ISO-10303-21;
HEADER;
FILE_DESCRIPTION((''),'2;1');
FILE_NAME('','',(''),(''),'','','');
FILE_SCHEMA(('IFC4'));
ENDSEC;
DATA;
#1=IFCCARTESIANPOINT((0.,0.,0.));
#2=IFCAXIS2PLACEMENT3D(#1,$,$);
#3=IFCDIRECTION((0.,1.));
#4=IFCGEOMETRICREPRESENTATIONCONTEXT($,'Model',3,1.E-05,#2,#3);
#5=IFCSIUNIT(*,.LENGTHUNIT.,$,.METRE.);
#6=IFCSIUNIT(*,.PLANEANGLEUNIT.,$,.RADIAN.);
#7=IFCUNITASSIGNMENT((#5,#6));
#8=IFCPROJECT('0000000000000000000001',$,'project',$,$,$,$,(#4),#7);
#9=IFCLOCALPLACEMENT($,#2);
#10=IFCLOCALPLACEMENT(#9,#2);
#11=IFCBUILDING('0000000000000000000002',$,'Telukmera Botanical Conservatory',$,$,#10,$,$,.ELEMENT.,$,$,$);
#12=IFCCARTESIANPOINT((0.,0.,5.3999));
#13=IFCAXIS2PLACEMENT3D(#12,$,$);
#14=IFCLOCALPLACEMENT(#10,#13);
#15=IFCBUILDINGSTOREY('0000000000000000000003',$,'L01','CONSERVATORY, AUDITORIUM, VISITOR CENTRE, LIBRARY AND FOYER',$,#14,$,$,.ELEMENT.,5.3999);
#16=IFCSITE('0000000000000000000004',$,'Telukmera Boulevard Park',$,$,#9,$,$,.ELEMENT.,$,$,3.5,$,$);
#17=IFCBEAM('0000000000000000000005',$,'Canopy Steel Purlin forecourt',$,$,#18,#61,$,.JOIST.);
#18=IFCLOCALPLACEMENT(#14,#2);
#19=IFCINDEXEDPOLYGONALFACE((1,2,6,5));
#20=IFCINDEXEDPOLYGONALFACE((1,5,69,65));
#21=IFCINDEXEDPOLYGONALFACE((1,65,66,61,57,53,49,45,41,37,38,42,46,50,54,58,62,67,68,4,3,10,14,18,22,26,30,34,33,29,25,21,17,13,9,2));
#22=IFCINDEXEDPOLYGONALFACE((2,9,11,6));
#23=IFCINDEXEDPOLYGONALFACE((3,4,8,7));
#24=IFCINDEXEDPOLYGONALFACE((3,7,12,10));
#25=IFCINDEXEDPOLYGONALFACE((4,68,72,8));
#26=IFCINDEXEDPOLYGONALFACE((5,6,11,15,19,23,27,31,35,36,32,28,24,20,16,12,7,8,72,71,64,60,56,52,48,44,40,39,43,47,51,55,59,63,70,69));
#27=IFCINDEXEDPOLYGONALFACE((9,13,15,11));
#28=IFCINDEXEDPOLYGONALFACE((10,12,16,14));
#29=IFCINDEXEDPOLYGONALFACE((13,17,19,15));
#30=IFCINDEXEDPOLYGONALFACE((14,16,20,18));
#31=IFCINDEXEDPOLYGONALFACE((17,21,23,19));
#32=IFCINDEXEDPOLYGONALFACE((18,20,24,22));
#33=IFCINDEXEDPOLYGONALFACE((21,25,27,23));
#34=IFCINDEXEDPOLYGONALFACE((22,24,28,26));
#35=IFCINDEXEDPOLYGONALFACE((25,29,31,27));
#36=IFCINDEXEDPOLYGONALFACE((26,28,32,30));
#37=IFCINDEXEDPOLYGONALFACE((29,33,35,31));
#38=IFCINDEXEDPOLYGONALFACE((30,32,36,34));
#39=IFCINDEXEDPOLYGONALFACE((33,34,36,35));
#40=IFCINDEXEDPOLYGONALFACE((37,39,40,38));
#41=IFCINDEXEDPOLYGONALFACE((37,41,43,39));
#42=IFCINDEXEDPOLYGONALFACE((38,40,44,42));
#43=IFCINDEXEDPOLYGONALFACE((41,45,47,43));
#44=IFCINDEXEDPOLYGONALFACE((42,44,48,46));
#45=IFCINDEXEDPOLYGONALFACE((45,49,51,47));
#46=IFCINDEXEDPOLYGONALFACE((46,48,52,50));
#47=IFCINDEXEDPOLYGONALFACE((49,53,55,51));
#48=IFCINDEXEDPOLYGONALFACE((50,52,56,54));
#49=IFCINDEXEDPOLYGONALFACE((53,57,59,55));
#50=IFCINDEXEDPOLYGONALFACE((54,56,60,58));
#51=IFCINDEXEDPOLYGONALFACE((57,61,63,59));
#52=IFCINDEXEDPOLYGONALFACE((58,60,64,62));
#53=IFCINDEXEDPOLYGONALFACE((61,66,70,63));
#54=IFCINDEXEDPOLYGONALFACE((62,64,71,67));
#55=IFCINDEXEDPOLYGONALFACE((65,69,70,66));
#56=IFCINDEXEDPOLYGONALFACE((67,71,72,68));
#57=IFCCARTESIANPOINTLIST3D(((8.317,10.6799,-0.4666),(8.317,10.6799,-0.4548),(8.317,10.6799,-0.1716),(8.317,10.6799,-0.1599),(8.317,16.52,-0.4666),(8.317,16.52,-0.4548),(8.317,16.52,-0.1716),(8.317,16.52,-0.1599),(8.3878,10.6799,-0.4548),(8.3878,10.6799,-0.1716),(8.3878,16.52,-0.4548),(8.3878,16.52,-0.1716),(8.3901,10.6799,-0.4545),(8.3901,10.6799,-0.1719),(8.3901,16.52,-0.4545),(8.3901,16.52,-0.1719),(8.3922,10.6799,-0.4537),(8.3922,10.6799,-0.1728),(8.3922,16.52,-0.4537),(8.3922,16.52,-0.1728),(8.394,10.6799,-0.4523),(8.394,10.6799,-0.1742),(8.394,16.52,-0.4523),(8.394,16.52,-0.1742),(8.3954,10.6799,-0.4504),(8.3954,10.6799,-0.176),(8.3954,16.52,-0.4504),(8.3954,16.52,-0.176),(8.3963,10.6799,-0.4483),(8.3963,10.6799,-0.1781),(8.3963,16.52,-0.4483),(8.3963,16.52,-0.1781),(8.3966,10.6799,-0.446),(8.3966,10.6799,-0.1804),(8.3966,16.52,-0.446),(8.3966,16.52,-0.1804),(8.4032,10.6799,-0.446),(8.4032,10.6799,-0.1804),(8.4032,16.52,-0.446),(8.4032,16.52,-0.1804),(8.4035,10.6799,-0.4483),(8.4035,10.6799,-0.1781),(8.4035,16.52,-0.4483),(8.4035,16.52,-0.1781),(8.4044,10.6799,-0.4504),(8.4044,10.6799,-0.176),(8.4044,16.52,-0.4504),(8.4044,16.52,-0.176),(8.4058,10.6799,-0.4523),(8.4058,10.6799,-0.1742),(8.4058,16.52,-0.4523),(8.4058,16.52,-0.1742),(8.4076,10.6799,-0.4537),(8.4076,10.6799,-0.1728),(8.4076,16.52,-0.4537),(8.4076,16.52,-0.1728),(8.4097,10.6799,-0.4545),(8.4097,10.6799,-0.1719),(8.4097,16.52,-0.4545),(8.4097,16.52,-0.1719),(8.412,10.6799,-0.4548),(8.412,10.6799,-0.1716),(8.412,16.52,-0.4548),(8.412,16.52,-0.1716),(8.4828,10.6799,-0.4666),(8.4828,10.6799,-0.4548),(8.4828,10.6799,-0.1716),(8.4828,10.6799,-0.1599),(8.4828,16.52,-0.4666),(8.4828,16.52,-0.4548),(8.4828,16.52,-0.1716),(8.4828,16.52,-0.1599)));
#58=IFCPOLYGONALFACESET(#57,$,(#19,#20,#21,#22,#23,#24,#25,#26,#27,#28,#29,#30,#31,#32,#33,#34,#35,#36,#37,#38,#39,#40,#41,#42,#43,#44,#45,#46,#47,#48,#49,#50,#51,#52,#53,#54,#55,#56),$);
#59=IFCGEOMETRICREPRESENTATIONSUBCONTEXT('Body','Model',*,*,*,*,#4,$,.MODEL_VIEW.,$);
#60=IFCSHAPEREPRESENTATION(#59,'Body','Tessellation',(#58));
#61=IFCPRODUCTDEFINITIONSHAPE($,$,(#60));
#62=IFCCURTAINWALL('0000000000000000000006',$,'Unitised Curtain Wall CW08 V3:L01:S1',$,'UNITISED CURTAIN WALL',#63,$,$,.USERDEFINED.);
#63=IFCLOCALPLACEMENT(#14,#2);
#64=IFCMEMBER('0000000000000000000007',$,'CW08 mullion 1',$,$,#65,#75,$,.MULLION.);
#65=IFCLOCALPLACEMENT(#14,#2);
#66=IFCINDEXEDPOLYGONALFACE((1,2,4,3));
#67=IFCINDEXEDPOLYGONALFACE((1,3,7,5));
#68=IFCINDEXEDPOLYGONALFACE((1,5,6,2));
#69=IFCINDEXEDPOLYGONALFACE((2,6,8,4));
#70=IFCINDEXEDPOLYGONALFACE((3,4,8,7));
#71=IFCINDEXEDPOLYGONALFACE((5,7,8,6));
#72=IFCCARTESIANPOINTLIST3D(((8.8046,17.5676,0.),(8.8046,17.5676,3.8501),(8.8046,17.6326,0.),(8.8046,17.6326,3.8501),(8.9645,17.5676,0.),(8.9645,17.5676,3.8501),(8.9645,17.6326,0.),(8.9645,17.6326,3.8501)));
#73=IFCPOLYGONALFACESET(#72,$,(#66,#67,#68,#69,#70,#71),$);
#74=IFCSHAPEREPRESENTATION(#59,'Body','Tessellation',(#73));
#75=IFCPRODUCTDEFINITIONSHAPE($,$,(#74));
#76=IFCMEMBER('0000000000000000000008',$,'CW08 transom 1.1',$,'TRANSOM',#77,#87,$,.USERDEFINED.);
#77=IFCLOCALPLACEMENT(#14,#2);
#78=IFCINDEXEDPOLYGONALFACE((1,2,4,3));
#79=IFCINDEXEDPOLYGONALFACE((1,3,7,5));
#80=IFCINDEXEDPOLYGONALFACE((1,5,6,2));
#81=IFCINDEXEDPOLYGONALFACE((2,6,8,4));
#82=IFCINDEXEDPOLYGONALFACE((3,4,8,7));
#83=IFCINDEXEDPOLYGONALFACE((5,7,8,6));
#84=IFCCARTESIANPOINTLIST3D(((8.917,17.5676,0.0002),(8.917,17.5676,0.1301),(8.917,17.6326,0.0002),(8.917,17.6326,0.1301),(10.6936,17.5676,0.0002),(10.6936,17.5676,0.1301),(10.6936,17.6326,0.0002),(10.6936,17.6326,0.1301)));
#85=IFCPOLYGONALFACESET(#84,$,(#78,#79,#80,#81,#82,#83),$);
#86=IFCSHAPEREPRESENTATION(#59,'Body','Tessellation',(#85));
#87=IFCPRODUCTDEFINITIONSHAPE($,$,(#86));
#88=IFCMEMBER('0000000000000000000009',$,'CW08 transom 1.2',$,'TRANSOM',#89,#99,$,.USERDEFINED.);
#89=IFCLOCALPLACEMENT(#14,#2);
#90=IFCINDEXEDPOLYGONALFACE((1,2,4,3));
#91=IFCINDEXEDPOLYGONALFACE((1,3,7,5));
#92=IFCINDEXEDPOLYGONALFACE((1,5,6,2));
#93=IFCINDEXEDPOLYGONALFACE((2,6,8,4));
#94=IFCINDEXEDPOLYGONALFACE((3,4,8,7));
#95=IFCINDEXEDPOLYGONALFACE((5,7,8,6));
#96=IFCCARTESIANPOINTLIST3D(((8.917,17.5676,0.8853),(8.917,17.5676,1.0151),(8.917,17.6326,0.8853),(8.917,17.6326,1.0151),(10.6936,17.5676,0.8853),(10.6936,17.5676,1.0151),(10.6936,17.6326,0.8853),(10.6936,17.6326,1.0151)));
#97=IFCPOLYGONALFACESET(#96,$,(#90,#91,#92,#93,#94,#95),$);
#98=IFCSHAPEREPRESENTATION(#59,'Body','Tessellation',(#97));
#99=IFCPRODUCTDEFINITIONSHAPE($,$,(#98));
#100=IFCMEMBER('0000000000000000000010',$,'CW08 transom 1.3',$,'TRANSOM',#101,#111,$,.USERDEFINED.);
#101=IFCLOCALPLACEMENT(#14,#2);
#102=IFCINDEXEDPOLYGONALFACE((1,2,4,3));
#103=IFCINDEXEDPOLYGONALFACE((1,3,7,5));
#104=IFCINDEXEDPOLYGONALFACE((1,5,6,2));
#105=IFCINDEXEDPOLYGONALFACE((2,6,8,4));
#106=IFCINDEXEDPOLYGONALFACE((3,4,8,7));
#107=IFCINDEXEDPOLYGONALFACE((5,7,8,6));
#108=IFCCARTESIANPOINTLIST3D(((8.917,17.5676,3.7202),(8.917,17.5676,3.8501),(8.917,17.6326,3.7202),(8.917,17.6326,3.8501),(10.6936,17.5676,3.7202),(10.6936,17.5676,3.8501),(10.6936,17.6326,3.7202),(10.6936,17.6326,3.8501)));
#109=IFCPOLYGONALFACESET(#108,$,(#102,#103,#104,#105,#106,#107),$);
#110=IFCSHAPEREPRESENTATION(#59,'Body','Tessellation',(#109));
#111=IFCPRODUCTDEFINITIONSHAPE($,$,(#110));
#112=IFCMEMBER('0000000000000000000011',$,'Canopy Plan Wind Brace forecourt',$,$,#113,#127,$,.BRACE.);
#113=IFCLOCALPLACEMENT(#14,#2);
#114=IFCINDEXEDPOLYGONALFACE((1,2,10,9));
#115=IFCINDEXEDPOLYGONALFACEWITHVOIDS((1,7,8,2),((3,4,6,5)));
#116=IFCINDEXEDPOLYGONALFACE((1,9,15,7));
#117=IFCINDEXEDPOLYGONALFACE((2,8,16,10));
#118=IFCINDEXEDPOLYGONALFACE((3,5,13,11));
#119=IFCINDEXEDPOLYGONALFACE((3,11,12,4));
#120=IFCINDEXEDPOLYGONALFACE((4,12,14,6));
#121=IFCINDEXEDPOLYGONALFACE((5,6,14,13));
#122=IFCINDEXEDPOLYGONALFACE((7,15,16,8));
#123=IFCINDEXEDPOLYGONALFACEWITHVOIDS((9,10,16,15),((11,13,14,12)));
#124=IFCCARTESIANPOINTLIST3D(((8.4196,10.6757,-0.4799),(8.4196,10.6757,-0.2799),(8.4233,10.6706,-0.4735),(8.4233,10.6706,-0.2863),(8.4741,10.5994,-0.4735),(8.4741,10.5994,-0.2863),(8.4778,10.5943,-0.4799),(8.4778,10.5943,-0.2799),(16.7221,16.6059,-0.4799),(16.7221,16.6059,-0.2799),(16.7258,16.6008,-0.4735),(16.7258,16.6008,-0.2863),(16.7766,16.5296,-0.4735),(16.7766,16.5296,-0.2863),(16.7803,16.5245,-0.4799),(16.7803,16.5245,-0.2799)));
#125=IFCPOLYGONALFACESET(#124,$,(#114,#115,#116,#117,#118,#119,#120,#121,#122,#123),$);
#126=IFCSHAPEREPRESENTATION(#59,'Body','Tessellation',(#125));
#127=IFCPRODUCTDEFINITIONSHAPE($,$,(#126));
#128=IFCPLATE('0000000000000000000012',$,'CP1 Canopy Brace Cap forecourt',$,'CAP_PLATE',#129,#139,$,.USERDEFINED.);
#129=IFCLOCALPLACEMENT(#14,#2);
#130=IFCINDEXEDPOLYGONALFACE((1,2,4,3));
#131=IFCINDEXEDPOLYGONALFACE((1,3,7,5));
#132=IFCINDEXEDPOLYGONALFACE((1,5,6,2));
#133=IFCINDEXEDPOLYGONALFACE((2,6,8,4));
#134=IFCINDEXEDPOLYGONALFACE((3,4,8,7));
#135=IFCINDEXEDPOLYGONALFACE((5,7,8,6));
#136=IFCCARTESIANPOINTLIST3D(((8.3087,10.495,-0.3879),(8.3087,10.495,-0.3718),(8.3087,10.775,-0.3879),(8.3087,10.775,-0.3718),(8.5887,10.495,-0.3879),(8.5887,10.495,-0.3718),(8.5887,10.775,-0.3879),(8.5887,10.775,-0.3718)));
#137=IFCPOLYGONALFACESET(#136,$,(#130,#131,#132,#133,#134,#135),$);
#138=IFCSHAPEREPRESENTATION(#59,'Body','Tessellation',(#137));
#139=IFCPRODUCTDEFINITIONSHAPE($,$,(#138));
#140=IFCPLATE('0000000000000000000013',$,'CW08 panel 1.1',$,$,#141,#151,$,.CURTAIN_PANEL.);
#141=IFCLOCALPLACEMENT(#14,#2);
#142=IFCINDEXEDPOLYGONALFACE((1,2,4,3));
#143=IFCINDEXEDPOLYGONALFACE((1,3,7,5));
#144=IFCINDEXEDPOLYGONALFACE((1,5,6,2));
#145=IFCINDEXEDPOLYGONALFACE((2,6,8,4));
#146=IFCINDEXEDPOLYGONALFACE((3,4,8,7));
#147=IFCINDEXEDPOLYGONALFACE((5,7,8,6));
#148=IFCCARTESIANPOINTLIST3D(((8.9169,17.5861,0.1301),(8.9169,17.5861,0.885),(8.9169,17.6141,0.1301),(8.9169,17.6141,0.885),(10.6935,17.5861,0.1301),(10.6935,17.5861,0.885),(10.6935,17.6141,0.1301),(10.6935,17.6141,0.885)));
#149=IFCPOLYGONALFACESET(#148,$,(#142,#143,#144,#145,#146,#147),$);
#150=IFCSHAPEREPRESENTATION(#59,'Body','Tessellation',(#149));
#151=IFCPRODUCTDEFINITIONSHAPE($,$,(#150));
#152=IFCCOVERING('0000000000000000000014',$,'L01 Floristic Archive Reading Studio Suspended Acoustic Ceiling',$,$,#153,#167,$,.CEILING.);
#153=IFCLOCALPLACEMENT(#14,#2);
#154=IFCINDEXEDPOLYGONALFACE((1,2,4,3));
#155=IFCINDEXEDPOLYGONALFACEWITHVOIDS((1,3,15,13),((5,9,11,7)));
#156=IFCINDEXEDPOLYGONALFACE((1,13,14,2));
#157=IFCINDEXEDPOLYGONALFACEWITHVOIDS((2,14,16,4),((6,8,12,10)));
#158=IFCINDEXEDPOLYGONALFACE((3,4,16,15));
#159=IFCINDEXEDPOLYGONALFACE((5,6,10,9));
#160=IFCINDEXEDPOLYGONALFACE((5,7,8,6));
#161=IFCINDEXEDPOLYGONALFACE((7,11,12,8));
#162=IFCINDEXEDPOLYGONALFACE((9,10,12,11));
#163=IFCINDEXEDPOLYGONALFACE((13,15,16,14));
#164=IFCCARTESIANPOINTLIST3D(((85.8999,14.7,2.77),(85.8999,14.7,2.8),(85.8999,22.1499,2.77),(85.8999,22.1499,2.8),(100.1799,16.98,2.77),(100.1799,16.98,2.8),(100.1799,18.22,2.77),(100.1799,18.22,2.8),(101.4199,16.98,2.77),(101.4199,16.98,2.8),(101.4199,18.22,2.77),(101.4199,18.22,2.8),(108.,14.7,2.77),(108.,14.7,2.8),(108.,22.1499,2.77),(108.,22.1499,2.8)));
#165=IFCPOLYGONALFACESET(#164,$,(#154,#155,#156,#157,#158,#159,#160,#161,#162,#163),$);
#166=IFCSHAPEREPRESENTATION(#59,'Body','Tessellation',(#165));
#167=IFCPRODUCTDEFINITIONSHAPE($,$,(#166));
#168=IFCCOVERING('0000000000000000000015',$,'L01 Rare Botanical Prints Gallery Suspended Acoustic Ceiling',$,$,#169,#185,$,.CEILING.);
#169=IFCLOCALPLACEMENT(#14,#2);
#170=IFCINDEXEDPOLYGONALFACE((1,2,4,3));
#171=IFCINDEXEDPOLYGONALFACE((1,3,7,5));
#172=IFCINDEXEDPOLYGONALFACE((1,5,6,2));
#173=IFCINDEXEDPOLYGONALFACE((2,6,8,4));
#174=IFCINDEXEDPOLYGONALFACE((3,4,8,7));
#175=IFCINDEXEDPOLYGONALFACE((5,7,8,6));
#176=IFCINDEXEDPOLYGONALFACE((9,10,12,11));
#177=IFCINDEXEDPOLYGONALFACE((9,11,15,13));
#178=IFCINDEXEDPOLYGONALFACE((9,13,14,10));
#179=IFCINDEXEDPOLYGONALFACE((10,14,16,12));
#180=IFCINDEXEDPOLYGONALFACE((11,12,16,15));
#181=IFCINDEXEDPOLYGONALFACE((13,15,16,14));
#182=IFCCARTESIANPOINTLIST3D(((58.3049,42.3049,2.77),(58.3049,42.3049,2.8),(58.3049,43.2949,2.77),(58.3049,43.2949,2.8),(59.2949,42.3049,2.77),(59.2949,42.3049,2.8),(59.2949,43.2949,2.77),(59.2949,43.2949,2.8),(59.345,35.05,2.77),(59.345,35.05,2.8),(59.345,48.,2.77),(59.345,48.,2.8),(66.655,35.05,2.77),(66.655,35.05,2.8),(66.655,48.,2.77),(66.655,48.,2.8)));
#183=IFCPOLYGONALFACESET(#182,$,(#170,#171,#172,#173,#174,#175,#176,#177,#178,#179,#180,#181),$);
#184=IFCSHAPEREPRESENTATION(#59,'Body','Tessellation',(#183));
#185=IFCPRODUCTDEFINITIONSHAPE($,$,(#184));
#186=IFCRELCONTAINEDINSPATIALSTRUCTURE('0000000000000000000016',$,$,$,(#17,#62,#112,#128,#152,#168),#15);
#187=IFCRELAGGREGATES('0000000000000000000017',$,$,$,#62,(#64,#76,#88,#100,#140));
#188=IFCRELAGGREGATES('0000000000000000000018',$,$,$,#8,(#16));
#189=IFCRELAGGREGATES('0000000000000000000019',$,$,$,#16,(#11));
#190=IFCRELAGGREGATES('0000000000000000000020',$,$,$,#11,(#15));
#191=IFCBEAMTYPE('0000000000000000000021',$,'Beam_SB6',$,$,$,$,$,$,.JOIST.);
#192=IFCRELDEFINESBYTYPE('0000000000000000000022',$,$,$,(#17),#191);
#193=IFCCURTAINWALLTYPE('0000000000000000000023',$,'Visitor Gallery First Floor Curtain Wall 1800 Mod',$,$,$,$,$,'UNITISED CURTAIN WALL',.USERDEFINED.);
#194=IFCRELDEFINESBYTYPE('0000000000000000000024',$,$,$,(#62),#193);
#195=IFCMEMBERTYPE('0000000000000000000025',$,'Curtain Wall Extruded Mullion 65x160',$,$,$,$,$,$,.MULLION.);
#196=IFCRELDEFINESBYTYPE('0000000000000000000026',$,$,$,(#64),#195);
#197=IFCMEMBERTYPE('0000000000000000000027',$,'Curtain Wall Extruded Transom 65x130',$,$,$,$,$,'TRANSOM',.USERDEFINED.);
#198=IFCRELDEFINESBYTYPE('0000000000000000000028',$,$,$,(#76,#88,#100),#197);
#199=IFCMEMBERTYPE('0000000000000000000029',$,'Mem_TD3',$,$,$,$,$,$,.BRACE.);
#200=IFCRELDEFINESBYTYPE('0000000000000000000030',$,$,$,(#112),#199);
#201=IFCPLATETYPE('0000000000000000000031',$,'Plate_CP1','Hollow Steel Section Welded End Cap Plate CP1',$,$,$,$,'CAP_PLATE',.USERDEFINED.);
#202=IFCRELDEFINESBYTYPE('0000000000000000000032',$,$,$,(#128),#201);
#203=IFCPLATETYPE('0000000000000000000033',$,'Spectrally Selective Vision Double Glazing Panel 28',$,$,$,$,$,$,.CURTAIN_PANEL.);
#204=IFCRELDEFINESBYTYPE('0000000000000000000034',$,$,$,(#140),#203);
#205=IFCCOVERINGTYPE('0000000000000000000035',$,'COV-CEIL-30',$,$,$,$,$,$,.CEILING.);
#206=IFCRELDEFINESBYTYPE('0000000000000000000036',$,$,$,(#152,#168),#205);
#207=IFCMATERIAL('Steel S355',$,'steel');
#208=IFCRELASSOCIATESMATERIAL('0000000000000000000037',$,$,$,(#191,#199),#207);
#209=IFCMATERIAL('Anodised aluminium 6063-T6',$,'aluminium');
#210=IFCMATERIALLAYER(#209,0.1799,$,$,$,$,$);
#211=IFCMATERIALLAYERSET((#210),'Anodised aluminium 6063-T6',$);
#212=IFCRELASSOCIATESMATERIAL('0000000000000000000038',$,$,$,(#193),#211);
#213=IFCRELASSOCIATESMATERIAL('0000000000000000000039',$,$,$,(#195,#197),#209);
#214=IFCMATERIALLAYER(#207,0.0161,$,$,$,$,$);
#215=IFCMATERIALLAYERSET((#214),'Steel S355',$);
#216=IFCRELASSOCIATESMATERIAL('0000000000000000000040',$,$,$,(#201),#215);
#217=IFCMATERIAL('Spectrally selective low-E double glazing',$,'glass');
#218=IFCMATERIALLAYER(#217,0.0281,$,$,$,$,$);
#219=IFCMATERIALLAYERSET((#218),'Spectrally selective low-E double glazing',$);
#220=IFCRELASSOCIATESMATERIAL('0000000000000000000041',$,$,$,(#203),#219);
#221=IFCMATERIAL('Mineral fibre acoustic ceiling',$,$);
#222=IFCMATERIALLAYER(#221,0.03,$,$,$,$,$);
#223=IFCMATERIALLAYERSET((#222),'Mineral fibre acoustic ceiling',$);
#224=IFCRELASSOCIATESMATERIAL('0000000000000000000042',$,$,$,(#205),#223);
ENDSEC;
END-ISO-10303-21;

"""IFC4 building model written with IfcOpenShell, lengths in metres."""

from ifc_helpers import new_model, si_unit, direction, frame, origin, origin_2d, place, context, subcontext, project, spatial, polyline, rectangle, hollow_rectangle, i_section, outline, extrude, material, layer, layer_set, material_profile, profile_set, type_object, element, aggregate, save


model = new_model("IFC4")

# Units and contexts
model_context = context("Model", 3, precision=1e-05, world=origin(), true_north=direction((0.0, 1.0)))
body_context = subcontext(model_context, "Body", "Model", "MODEL_VIEW")
ifc_project = project(units=[si_unit("LENGTHUNIT", "METRE"), si_unit("PLANEANGLEUNIT", "RADIAN")], contexts=[model_context])

# Site, building, storey
site_placement = place(None, origin())
site = spatial("IfcSite", under=ifc_project, at=site_placement, Name="Telukmera Boulevard Park", CompositionType="ELEMENT", RefElevation=3.5)
building_placement = place(site_placement, origin())
building = spatial("IfcBuilding", under=site, at=building_placement, Name="Telukmera Botanical Conservatory", CompositionType="ELEMENT")
storey_placement = place(building_placement, frame((0.0, 0.0, 5.3999)))
storey = spatial("IfcBuildingStorey", under=building, at=storey_placement, Name="L01", Description="CONSERVATORY, AUDITORIUM, VISITOR CENTRE, LIBRARY AND FOYER", CompositionType="ELEMENT", Elevation=5.3999)

# Beam
ifc_material_1 = material(Name="Steel S355", Category="steel")
ifc_material_profile_1 = material_profile(ifc_material_1, i_section(OverallWidth=0.1658, OverallDepth=0.3066, WebThickness=0.0066, FlangeThickness=0.0117, FilletRadius=0.0088, at=origin_2d()), Name="UB 305x165x46")
ifc_profile_set_1 = profile_set([ifc_material_profile_1], Name="Steel S355")
beam_type_1 = type_object("IfcBeamType", Name="Beam_SB6", PredefinedType="JOIST", material=ifc_profile_set_1)
beam_1_placement = place(storey_placement, frame((8.3999, 10.6799, -0.3132), z_axis=(0.0, 1.0, 0.0), x_axis=(-1.0, 0.0, 0.0)))
element("IfcBeam", 1, at=beam_1_placement, inside=storey, type_object=beam_type_1, Name="Canopy Steel Purlin forecourt", PredefinedType="JOIST", context=body_context, shape_type="SweptSolid", body=[
    extrude(i_section(OverallWidth=0.1658, OverallDepth=0.3066, WebThickness=0.0066, FlangeThickness=0.0117, FilletRadius=0.0088, at=origin_2d()), origin(), (0.0, 0.0, 1.0), 5.8401),
])

# Curtain wall, members
ifc_material_2 = material(Name="Anodised aluminium 6063-T6", Category="aluminium")
ifc_layer_1 = layer(ifc_material_2, 0.1799)
ifc_layer_set_1 = layer_set([ifc_layer_1], Name="Anodised aluminium 6063-T6")
curtain_wall_type = type_object("IfcCurtainWallType", Name="Visitor Gallery First Floor Curtain Wall 1800 Mod", ElementType="UNITISED CURTAIN WALL", PredefinedType="USERDEFINED", material=ifc_layer_set_1)
curtain_wall_placement = place(storey_placement, origin())
curtain_wall = element("IfcCurtainWall", 2, at=curtain_wall_placement, inside=storey, type_object=curtain_wall_type, Name="Unitised Curtain Wall CW08 V3:L01:S1", ObjectType="UNITISED CURTAIN WALL", PredefinedType="USERDEFINED")
ifc_material_profile_2 = material_profile(ifc_material_2, rectangle(XDim=0.0649, YDim=0.1599, at=origin_2d()), Name="ALU MULL 65x160")
ifc_profile_set_2 = profile_set([ifc_material_profile_2], Name="Anodised aluminium 6063-T6")
member_type_1 = type_object("IfcMemberType", Name="Curtain Wall Extruded Mullion 65x160", PredefinedType="MULLION", material=ifc_profile_set_2)
member_1_placement = place(storey_placement, frame((8.8845, 17.6001, 0.0), z_axis=(0.0, 0.0, 1.0), x_axis=(0.0, 1.0, 0.0)))
member_1 = element("IfcMember", 3, at=member_1_placement, type_object=member_type_1, Name="CW08 mullion 1", PredefinedType="MULLION", context=body_context, shape_type="SweptSolid", body=[
    extrude(rectangle(XDim=0.0649, YDim=0.1599, at=origin_2d()), origin(), (0.0, 0.0, 1.0), 3.8501),
])
ifc_material_profile_3 = material_profile(ifc_material_2, rectangle(XDim=0.0649, YDim=0.1299, at=origin_2d()), Name="ALU TRAN 65x130")
ifc_profile_set_3 = profile_set([ifc_material_profile_3], Name="Anodised aluminium 6063-T6")
member_type_2 = type_object("IfcMemberType", Name="Curtain Wall Extruded Transom 65x130", ElementType="TRANSOM", PredefinedType="USERDEFINED", material=ifc_profile_set_3)
member_2_placement = place(storey_placement, frame((8.917, 17.6001, 0.0652), z_axis=(1.0, 0.0, 0.0), x_axis=(0.0, 1.0, 0.0)))
member_2 = element("IfcMember", 4, at=member_2_placement, type_object=member_type_2, Name="CW08 transom 1.1", ObjectType="TRANSOM", PredefinedType="USERDEFINED", context=body_context, shape_type="SweptSolid", body=[
    extrude(rectangle(XDim=0.0649, YDim=0.1299, at=origin_2d()), origin(), (0.0, 0.0, 1.0), 1.7766),
])
member_3_placement = place(storey_placement, frame((8.917, 17.6001, 0.9502), z_axis=(1.0, 0.0, 0.0), x_axis=(0.0, 1.0, 0.0)))
member_3 = element("IfcMember", 5, at=member_3_placement, type_object=member_type_2, Name="CW08 transom 1.2", ObjectType="TRANSOM", PredefinedType="USERDEFINED", context=body_context, shape_type="SweptSolid", body=[
    extrude(rectangle(XDim=0.0649, YDim=0.1299, at=origin_2d()), origin(), (0.0, 0.0, 1.0), 1.7766),
])
member_4_placement = place(storey_placement, frame((8.917, 17.6001, 3.7852), z_axis=(1.0, 0.0, 0.0), x_axis=(0.0, 1.0, 0.0)))
member_4 = element("IfcMember", 6, at=member_4_placement, type_object=member_type_2, Name="CW08 transom 1.3", ObjectType="TRANSOM", PredefinedType="USERDEFINED", context=body_context, shape_type="SweptSolid", body=[
    extrude(rectangle(XDim=0.0649, YDim=0.1299, at=origin_2d()), origin(), (0.0, 0.0, 1.0), 1.7766),
])

# Member
ifc_material_profile_4 = material_profile(ifc_material_1, hollow_rectangle(XDim=0.1001, YDim=0.2, WallThickness=0.0063, at=origin_2d()), Name="RHS 200x100x6.3")
ifc_profile_set_4 = profile_set([ifc_material_profile_4], Name="Steel S355")
member_type_3 = type_object("IfcMemberType", Name="Mem_TD3", PredefinedType="BRACE", material=ifc_profile_set_4)
member_5_placement = place(storey_placement, frame((8.4487, 10.635, -0.3799), z_axis=(0.813742, 0.581227, 0.0), x_axis=(-0.581227, 0.813742, 0.0)))
element("IfcMember", 7, at=member_5_placement, inside=storey, type_object=member_type_3, Name="Canopy Plan Wind Brace forecourt", PredefinedType="BRACE", context=body_context, shape_type="SweptSolid", body=[
    extrude(hollow_rectangle(XDim=0.1001, YDim=0.2, WallThickness=0.0063, at=origin_2d()), origin(), (0.0, 0.0, 1.0), 10.2029),
])

# Plates
ifc_layer_2 = layer(ifc_material_1, 0.0161)
ifc_layer_set_2 = layer_set([ifc_layer_2], Name="Steel S355")
plate_type_1 = type_object("IfcPlateType", Name="Plate_CP1", Description="Hollow Steel Section Welded End Cap Plate CP1", ElementType="CAP_PLATE", PredefinedType="USERDEFINED", material=ifc_layer_set_2)
plate_1_placement = place(storey_placement, frame((8.4487, 10.635, -0.3879), z_axis=(0.0, 0.0, 1.0), x_axis=(1.0, 0.0, 0.0)))
element("IfcPlate", 8, at=plate_1_placement, inside=storey, type_object=plate_type_1, Name="CP1 Canopy Brace Cap forecourt", ObjectType="CAP_PLATE", PredefinedType="USERDEFINED", context=body_context, shape_type="SweptSolid", body=[
    extrude(rectangle(XDim=0.28, YDim=0.28, at=origin_2d()), origin(), (0.0, 0.0, 1.0), 0.0161),
])
ifc_material_3 = material(Name="Spectrally selective low-E double glazing", Category="glass")
ifc_layer_3 = layer(ifc_material_3, 0.0281)
ifc_layer_set_3 = layer_set([ifc_layer_3], Name="Spectrally selective low-E double glazing")
plate_type_2 = type_object("IfcPlateType", Name="Spectrally Selective Vision Double Glazing Panel 28", PredefinedType="CURTAIN_PANEL", material=ifc_layer_set_3)
plate_2_placement = place(storey_placement, frame((9.8052, 17.6001, 0.1301), z_axis=(0.0, 0.0, 1.0), x_axis=(1.0, 0.0, 0.0)))
plate_2 = element("IfcPlate", 9, at=plate_2_placement, type_object=plate_type_2, Name="CW08 panel 1.1", PredefinedType="CURTAIN_PANEL", context=body_context, shape_type="SweptSolid", body=[
    extrude(rectangle(XDim=1.7766, YDim=0.0281, at=origin_2d()), origin(), (0.0, 0.0, 1.0), 0.7549),
])
aggregate(curtain_wall, [member_1, member_2, member_3, member_4, plate_2])

# Coverings
ifc_material_4 = material(Name="Mineral fibre acoustic ceiling")
ifc_layer_4 = layer(ifc_material_4, 0.03)
ifc_layer_set_4 = layer_set([ifc_layer_4], Name="Mineral fibre acoustic ceiling")
covering_type_1 = type_object("IfcCoveringType", Name="COV-CEIL-30", PredefinedType="CEILING", material=ifc_layer_set_4)
covering_1_placement = place(storey_placement, frame((0.0, 0.0, 2.77)))
element("IfcCovering", 10, at=covering_1_placement, inside=storey, type_object=covering_type_1, Name="L01 Floristic Archive Reading Studio Suspended Acoustic Ceiling", PredefinedType="CEILING", context=body_context, shape_type="SweptSolid", body=[
    extrude(outline(polyline([(85.8999, 14.7), (108.0, 14.7), (108.0, 22.1499), (85.8999, 22.1499), (85.8999, 14.7)]), holes=[polyline([(100.1799, 16.98), (101.4199, 16.98), (101.4199, 18.22), (100.1799, 18.22), (100.1799, 16.98)])]), origin(), (0.0, 0.0, 1.0), 0.03),
])
covering_2_placement = place(storey_placement, frame((0.0, 0.0, 2.77)))
element("IfcCovering", 11, at=covering_2_placement, inside=storey, type_object=covering_type_1, Name="L01 Rare Botanical Prints Gallery Suspended Acoustic Ceiling", PredefinedType="CEILING", context=body_context, shape_type="SweptSolid", body=[
    extrude(outline(polyline([(59.345, 35.05), (66.655, 35.05), (66.655, 48.0), (59.345, 48.0), (59.345, 35.05)]), holes=[polyline([(58.3049, 42.3049), (59.2949, 42.3049), (59.2949, 43.2949), (58.3049, 43.2949), (58.3049, 42.3049)])]), origin(), (0.0, 0.0, 1.0), 0.03),
])

save(model, "model.ifc")
